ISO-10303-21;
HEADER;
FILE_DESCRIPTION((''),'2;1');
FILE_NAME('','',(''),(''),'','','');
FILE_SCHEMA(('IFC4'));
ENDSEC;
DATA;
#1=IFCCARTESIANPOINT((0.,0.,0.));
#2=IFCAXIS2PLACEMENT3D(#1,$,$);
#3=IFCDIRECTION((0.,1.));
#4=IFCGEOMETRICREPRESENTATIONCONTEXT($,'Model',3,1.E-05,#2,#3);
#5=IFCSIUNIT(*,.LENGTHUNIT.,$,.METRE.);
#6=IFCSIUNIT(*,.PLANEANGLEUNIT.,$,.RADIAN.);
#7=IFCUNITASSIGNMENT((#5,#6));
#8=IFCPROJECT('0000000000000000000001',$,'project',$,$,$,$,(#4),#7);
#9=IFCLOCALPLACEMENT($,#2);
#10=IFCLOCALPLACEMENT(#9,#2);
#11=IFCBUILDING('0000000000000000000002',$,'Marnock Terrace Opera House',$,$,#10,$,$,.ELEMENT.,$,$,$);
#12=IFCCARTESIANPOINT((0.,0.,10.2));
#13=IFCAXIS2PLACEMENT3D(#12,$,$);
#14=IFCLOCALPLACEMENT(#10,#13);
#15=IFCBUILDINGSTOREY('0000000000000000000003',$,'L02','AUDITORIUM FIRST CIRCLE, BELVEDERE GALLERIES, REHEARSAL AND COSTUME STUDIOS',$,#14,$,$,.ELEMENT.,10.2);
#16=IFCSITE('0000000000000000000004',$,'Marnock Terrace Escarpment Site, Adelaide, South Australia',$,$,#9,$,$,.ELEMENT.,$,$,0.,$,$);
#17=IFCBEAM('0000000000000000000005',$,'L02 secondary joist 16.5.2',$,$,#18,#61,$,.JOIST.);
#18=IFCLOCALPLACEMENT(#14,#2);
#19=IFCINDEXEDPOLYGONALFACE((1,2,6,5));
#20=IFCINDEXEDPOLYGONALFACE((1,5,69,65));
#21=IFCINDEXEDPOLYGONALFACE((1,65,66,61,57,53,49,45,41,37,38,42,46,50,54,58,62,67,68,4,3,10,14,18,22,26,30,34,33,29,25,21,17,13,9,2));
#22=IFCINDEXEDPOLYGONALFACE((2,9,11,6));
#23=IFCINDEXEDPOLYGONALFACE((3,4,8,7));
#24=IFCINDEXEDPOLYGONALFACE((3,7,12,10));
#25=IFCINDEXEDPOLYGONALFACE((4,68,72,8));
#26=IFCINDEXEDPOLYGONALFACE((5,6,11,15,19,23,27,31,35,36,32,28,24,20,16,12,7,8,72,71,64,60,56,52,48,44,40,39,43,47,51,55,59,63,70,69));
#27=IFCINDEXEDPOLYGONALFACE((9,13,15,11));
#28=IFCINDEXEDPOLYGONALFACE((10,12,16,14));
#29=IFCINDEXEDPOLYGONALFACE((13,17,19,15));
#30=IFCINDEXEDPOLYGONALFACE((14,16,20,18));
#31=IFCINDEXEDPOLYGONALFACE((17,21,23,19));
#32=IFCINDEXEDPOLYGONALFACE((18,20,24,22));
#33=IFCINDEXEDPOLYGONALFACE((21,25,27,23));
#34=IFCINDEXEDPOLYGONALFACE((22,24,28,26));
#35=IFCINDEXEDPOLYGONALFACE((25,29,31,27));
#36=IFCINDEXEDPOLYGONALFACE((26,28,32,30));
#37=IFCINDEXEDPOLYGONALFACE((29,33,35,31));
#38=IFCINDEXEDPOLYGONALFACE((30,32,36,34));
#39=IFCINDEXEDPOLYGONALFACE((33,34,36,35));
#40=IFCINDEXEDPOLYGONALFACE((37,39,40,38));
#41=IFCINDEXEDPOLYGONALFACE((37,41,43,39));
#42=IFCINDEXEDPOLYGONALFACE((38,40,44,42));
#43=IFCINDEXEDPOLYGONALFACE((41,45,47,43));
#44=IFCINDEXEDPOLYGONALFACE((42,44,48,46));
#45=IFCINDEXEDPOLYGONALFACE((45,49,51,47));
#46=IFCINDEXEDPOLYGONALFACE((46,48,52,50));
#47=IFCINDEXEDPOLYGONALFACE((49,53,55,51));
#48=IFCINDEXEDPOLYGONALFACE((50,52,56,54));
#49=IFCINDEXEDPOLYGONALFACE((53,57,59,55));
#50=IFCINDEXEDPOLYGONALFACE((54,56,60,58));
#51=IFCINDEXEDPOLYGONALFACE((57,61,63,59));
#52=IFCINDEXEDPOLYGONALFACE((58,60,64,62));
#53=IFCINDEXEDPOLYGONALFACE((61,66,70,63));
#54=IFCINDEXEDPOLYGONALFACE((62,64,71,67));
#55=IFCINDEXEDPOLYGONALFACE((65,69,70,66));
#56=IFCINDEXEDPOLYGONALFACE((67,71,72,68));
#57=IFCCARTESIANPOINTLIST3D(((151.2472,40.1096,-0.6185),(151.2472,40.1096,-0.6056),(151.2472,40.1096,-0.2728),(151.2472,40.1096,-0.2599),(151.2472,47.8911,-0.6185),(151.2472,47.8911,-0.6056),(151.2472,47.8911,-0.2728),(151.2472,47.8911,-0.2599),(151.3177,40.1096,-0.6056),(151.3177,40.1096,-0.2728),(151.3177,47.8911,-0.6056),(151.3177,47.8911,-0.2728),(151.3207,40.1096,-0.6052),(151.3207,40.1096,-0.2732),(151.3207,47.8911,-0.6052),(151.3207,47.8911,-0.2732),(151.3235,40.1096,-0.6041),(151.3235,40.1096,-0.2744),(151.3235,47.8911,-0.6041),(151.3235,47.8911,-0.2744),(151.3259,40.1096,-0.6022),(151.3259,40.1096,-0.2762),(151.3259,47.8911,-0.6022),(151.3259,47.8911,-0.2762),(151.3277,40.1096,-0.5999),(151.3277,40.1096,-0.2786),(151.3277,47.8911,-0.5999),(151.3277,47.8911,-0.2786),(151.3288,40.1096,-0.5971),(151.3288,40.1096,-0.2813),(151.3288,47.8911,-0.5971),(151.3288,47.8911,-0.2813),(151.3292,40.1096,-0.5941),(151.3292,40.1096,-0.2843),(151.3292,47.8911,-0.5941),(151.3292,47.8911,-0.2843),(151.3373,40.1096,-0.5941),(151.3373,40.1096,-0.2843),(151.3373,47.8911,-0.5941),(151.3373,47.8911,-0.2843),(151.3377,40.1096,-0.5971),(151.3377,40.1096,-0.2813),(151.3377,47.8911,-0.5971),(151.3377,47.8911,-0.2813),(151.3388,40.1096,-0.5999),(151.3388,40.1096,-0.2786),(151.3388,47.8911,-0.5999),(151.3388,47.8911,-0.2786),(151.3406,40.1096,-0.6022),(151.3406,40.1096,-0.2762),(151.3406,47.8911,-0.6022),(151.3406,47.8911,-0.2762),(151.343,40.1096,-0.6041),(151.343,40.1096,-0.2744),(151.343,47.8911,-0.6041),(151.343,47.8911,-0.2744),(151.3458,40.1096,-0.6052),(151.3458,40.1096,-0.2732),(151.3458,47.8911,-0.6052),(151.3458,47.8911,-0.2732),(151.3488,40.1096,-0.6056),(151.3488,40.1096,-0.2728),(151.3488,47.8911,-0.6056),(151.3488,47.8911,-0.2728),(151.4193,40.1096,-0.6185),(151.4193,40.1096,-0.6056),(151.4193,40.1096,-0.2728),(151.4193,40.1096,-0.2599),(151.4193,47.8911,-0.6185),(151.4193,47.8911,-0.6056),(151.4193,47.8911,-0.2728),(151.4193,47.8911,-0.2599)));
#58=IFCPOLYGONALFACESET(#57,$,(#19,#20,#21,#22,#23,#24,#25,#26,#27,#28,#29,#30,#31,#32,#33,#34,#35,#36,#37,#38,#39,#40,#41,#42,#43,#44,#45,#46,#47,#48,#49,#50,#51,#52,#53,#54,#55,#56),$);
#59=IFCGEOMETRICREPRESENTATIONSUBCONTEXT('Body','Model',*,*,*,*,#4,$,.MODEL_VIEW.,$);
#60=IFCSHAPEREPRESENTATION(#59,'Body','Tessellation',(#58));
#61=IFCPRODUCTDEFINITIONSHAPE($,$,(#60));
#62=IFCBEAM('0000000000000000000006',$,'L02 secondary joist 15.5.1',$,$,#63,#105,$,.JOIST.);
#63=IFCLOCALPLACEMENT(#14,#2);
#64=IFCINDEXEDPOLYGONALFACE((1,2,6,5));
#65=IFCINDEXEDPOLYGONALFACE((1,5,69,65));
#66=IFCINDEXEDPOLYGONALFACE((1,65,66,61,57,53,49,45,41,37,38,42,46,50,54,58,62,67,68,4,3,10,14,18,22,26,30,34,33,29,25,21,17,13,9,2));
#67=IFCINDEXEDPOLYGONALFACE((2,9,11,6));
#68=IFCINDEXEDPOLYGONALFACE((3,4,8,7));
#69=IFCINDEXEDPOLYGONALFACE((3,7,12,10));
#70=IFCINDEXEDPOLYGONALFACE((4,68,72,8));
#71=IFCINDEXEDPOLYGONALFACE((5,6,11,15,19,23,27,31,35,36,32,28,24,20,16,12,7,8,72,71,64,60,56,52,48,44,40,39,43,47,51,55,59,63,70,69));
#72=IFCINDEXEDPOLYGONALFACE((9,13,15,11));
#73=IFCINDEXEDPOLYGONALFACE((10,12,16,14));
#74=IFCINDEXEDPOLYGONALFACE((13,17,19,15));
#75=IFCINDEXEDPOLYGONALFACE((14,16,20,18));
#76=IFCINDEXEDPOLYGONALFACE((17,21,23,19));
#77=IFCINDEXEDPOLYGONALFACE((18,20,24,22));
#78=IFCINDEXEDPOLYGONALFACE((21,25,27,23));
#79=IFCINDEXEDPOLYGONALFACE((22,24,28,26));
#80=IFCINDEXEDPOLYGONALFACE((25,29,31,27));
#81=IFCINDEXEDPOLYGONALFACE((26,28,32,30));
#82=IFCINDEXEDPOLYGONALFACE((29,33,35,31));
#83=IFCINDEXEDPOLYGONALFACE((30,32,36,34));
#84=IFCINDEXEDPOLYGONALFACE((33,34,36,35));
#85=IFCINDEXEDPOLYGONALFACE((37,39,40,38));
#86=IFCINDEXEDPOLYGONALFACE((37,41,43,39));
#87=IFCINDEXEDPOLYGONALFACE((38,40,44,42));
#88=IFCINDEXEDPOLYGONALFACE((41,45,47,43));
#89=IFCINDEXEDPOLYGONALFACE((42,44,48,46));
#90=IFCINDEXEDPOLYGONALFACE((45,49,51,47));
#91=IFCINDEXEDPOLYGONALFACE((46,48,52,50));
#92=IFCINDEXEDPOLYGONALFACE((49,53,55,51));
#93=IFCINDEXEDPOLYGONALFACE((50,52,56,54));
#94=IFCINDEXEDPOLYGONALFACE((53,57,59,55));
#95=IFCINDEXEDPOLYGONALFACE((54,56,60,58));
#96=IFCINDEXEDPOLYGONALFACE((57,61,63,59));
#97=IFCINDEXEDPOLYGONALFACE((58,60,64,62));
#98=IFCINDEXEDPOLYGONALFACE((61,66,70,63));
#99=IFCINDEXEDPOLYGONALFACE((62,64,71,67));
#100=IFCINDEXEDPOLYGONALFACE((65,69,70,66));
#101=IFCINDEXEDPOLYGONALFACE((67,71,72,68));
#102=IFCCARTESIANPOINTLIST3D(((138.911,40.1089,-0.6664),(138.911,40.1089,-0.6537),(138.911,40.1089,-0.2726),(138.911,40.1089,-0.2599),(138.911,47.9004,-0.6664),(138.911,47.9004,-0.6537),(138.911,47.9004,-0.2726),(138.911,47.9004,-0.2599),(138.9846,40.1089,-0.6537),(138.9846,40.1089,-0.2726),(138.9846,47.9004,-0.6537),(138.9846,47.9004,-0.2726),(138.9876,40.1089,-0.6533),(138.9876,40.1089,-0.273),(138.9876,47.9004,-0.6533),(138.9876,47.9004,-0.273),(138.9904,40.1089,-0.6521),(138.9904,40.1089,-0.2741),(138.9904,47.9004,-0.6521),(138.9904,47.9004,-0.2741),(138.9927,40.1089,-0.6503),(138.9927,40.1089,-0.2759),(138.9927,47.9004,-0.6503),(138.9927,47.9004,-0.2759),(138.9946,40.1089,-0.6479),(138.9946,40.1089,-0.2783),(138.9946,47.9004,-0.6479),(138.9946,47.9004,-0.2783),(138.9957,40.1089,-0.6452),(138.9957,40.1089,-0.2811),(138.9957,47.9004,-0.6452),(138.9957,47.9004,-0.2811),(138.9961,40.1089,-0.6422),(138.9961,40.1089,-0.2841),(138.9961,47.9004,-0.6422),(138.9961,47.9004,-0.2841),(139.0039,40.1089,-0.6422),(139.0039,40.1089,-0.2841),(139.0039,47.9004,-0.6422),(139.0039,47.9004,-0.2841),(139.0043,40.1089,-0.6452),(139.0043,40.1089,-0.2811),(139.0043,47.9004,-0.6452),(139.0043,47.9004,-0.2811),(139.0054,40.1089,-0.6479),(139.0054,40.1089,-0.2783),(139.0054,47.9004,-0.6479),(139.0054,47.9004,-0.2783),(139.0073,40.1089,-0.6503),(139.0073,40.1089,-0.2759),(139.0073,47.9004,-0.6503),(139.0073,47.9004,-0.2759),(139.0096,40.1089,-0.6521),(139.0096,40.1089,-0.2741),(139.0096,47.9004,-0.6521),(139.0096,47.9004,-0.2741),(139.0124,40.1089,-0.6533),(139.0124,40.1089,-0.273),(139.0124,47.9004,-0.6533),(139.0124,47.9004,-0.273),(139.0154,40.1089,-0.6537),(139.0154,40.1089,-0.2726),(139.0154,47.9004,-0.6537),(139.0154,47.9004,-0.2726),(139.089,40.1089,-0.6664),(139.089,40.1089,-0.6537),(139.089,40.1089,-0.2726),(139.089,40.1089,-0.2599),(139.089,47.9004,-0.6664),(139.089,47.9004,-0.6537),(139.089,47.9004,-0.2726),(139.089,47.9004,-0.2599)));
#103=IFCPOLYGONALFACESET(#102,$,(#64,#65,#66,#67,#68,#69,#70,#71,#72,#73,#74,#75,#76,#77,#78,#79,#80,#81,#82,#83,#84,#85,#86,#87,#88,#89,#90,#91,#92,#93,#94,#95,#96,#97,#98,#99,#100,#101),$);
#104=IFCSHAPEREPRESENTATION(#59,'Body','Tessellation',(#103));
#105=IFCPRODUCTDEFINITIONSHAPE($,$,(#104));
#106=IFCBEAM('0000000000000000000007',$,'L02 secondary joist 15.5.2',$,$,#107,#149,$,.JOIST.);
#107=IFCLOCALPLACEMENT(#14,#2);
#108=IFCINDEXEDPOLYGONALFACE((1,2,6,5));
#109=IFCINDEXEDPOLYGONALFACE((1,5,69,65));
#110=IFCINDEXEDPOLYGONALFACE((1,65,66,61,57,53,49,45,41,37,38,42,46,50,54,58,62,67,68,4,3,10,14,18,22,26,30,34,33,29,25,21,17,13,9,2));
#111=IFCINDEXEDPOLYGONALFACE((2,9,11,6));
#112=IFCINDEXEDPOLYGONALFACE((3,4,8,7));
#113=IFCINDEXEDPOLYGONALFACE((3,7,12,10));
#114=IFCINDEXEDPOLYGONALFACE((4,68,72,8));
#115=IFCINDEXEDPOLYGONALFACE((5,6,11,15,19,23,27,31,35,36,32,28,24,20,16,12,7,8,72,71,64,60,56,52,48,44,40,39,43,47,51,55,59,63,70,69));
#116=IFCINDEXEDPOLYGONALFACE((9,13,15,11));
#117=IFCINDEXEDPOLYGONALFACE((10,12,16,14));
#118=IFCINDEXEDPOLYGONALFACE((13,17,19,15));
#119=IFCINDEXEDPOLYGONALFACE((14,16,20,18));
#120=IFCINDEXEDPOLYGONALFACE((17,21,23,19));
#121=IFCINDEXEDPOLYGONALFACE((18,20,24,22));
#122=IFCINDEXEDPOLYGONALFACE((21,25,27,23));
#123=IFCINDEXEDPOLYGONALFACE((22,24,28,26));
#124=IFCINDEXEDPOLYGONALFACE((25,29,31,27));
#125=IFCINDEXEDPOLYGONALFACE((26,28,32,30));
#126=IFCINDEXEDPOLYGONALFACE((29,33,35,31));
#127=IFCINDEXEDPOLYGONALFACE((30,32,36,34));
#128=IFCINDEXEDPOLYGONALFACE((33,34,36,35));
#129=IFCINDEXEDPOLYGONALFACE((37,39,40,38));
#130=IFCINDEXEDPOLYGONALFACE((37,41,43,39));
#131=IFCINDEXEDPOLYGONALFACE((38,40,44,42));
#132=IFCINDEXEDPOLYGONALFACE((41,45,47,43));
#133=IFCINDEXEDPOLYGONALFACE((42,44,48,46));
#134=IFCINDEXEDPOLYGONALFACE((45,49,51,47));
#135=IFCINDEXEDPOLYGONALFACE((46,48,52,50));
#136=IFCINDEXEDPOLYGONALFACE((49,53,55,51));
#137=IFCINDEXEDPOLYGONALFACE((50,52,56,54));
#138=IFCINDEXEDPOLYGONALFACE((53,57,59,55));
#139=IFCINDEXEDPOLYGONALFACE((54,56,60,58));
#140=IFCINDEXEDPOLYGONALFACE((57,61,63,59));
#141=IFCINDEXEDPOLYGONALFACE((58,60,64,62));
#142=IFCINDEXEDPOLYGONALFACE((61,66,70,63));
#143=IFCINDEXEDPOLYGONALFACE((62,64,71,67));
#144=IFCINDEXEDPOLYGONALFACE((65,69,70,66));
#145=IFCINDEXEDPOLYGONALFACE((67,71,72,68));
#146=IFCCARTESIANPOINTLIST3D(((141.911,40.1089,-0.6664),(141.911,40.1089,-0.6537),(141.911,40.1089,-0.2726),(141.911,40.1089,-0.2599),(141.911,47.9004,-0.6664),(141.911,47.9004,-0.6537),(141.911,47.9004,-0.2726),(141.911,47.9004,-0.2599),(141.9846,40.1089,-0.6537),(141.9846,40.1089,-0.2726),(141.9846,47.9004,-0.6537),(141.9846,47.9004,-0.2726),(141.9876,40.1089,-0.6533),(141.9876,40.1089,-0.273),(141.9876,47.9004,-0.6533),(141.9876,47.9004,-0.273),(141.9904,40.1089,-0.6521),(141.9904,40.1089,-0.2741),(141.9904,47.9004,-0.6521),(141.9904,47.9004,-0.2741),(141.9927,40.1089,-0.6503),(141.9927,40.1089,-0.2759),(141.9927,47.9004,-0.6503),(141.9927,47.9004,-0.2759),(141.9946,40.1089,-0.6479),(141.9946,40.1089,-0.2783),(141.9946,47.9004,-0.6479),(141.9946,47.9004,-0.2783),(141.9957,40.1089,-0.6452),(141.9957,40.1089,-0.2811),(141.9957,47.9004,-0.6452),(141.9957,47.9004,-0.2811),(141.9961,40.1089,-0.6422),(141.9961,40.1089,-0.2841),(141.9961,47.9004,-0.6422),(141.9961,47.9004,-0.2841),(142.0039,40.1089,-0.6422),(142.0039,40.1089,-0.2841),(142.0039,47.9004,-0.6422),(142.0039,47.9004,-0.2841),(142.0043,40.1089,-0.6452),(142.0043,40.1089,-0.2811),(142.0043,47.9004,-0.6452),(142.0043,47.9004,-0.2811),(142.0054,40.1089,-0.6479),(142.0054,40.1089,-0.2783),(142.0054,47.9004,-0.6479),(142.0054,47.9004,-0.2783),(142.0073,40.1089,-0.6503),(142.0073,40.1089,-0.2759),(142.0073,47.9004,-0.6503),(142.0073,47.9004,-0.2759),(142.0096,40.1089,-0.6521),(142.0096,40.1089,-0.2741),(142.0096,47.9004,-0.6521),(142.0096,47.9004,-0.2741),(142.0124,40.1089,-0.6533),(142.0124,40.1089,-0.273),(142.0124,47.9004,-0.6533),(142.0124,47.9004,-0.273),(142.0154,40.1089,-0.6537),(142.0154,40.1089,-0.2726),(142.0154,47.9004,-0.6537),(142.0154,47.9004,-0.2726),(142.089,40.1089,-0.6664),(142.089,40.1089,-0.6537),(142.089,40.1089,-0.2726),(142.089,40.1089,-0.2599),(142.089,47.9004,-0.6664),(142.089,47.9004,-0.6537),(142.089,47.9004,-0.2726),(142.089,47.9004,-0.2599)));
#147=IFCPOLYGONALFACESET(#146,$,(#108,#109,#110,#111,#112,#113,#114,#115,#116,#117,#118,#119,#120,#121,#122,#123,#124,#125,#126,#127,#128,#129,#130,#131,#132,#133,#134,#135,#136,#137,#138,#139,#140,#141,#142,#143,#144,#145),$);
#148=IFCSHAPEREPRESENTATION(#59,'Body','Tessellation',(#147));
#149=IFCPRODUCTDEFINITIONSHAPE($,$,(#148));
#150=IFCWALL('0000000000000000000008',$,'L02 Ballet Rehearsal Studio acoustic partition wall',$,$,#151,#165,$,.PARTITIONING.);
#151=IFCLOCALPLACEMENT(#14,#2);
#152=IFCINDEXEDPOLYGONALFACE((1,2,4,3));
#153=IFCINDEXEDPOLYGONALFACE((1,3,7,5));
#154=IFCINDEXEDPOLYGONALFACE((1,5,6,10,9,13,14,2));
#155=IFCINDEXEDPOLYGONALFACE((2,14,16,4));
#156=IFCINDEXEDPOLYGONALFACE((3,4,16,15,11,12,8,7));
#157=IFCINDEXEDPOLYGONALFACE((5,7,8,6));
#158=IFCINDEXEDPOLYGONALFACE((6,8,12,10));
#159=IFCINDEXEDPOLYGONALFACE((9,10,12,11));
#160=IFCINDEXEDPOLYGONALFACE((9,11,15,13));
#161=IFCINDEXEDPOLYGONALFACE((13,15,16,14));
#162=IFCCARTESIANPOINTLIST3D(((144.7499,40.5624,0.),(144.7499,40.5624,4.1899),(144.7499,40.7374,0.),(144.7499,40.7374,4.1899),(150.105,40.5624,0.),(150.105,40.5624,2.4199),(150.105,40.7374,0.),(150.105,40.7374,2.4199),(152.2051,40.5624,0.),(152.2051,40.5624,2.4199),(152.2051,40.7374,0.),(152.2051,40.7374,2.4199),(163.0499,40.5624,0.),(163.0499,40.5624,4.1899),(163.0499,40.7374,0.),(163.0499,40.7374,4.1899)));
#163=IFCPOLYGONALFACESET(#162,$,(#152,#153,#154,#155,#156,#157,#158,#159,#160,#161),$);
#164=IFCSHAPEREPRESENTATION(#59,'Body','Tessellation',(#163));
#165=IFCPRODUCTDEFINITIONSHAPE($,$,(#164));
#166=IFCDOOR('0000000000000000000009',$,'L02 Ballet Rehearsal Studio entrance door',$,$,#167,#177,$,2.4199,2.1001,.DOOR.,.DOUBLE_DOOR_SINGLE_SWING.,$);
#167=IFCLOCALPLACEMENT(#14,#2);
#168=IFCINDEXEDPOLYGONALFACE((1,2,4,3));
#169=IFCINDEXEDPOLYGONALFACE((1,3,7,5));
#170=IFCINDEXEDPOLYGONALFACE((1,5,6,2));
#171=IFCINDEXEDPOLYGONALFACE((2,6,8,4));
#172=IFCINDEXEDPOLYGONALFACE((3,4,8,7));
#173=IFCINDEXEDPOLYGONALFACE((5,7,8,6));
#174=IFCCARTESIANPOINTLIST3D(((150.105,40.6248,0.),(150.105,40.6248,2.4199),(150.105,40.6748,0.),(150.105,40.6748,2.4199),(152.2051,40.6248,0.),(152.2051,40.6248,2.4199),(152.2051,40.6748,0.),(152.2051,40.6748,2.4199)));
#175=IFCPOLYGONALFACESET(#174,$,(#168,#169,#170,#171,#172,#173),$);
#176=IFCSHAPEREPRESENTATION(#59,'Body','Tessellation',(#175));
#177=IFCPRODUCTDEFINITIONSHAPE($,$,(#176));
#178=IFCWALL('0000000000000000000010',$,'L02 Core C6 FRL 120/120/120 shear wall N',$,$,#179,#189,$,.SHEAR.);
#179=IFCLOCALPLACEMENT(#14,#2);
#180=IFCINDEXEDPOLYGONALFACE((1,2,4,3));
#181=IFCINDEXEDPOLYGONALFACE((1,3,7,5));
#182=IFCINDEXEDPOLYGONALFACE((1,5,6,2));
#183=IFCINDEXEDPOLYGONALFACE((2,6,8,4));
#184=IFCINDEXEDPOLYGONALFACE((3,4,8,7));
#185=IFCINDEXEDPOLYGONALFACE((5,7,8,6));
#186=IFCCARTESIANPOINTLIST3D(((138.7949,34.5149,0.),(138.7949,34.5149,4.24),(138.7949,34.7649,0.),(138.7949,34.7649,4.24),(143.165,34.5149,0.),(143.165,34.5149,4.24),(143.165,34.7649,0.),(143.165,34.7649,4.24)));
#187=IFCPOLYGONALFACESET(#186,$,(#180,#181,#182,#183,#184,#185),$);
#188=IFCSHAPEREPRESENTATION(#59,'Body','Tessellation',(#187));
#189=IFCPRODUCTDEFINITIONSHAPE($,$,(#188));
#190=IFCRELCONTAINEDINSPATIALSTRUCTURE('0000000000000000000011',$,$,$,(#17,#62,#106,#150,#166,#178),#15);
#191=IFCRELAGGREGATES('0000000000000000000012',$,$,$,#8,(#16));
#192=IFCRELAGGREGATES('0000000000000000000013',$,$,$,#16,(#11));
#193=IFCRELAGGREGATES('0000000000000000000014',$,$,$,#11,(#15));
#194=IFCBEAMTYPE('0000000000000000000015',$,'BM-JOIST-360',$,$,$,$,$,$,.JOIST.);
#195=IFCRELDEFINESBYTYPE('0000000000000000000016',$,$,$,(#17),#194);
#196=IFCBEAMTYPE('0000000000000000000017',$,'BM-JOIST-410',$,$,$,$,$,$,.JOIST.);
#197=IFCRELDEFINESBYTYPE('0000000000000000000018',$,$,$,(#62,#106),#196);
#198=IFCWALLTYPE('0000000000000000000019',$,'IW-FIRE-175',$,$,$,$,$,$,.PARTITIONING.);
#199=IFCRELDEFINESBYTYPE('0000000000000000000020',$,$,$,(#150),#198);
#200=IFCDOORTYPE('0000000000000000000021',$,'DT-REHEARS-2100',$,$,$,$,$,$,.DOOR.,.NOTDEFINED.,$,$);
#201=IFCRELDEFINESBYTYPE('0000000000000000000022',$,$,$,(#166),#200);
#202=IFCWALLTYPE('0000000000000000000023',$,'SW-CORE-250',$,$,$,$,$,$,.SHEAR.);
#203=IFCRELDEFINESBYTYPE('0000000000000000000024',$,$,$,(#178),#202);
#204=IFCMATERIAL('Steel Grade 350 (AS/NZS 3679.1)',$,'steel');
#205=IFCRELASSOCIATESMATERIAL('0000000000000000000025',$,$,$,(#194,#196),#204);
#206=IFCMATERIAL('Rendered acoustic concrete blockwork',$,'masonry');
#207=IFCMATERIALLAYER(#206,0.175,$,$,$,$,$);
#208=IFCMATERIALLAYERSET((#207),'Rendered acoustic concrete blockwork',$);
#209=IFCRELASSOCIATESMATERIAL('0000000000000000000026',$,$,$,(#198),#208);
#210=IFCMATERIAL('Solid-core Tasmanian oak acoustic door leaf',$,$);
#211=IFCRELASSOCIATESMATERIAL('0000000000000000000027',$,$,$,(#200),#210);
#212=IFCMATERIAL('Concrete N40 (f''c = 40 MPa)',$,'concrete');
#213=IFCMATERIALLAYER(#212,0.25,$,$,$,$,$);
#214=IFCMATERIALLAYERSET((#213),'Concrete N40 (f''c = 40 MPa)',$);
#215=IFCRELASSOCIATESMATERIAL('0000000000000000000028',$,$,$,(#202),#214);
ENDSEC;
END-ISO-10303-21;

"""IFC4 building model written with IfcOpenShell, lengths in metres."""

from ifc_helpers import new_model, si_unit, direction, frame, frame_2d, origin, origin_2d, place, context, subcontext, project, spatial, rectangle, i_section, extrude, material, layer, layer_set, material_profile, profile_set, type_object, element, fill, save


model = new_model("IFC4")

# Units and contexts
model_context = context("Model", 3, precision=1e-05, world=origin(), true_north=direction((0.0, 1.0)))
body_context = subcontext(model_context, "Body", "Model", "MODEL_VIEW")
ifc_project = project(units=[si_unit("LENGTHUNIT", "METRE"), si_unit("PLANEANGLEUNIT", "RADIAN")], contexts=[model_context])

# Site, building, storey
site_placement = place(None, origin())
site = spatial("IfcSite", under=ifc_project, at=site_placement, Name="Marnock Terrace Escarpment Site, Adelaide, South Australia", CompositionType="ELEMENT", RefElevation=0.0)
building_placement = place(site_placement, origin())
building = spatial("IfcBuilding", under=site, at=building_placement, Name="Marnock Terrace Opera House", CompositionType="ELEMENT")
storey_placement = place(building_placement, frame((0.0, 0.0, 10.2)))
storey = spatial("IfcBuildingStorey", under=building, at=storey_placement, Name="L02", Description="AUDITORIUM FIRST CIRCLE, BELVEDERE GALLERIES, REHEARSAL AND COSTUME STUDIOS", CompositionType="ELEMENT", Elevation=10.2)

# Shared definitions
ifc_material_1 = material(Name="Concrete N40 (f'c = 40 MPa)", Category="concrete")

# Beams
ifc_material_2 = material(Name="Steel Grade 350 (AS/NZS 3679.1)", Category="steel")
ifc_material_profile_1 = material_profile(ifc_material_2, i_section(OverallWidth=0.1721, OverallDepth=0.3586, WebThickness=0.0081, FlangeThickness=0.0129, FilletRadius=0.0115, at=origin_2d()))
ifc_profile_set_1 = profile_set([ifc_material_profile_1], Name="Steel Grade 350 (AS/NZS 3679.1)")
beam_type_1 = type_object("IfcBeamType", Name="BM-JOIST-360", PredefinedType="JOIST", material=ifc_profile_set_1)
for number, where, z_axis, x_axis, name in (
    (1, (151.3333, 40.1096, -0.4392), (0.0, 1.0, 0.0), (-1.0, 0.0, 0.0), "L02 secondary joist 16.5.2"),
):
    element("IfcBeam", number, at=place(storey_placement, frame(where, z_axis=z_axis, x_axis=x_axis)), inside=storey, type_object=beam_type_1, Name=name, PredefinedType="JOIST", context=body_context, shape_type="SweptSolid", body=[
        extrude(i_section(OverallWidth=0.1721, OverallDepth=0.3586, WebThickness=0.0081, FlangeThickness=0.0129, FilletRadius=0.0115, at=origin_2d()), origin(), (0.0, 0.0, 1.0), 7.7815),
    ])
ifc_material_profile_2 = material_profile(ifc_material_2, i_section(OverallWidth=0.178, OverallDepth=0.4065, WebThickness=0.0078, FlangeThickness=0.0127, FilletRadius=0.0115, at=origin_2d()))
ifc_profile_set_2 = profile_set([ifc_material_profile_2], Name="Steel Grade 350 (AS/NZS 3679.1)")
beam_type_2 = type_object("IfcBeamType", Name="BM-JOIST-410", PredefinedType="JOIST", material=ifc_profile_set_2)
for number, where, z_axis, x_axis, name in (
    (2, (139.0, 40.1089, -0.4631), (0.0, 1.0, 0.0), (-1.0, 0.0, 0.0), "L02 secondary joist 15.5.1"),
    (3, (142.0, 40.1089, -0.4631), (0.0, 1.0, 0.0), (-1.0, 0.0, 0.0), "L02 secondary joist 15.5.2"),
):
    element("IfcBeam", number, at=place(storey_placement, frame(where, z_axis=z_axis, x_axis=x_axis)), inside=storey, type_object=beam_type_2, Name=name, PredefinedType="JOIST", context=body_context, shape_type="SweptSolid", body=[
        extrude(i_section(OverallWidth=0.178, OverallDepth=0.4065, WebThickness=0.0078, FlangeThickness=0.0127, FilletRadius=0.0115, at=origin_2d()), origin(), (0.0, 0.0, 1.0), 7.7915),
    ])

# Wall, opening, door
ifc_material_3 = material(Name="Rendered acoustic concrete blockwork", Category="masonry")
ifc_layer_1 = layer(ifc_material_3, 0.175)
ifc_layer_set_1 = layer_set([ifc_layer_1], Name="Rendered acoustic concrete blockwork")
wall_type_1 = type_object("IfcWallType", Name="IW-FIRE-175", PredefinedType="PARTITIONING", material=ifc_layer_set_1)
wall_1_placement = place(storey_placement, frame((144.75, 40.6499, 0.0), z_axis=(0.0, 0.0, 1.0), x_axis=(1.0, 0.0, 0.0)))
wall_1 = element("IfcWall", 4, at=wall_1_placement, inside=storey, type_object=wall_type_1, Name="L02 Ballet Rehearsal Studio acoustic partition wall", PredefinedType="PARTITIONING", context=body_context, shape_type="SweptSolid", body=[
    extrude(rectangle(XDim=18.3, YDim=0.175, at=frame_2d((9.1499, 0.0))), origin(), (0.0, 0.0, 1.0), 4.1899),
])
opening_placement = place(wall_1_placement, frame((5.355, 0.0, 0.0)))
opening = element("IfcOpeningElement", 5, at=opening_placement, cuts=wall_1, PredefinedType="OPENING", context=body_context, shape_type="SweptSolid", body=[
    extrude(rectangle(XDim=2.1001, YDim=2.4199, at=frame_2d((1.05, 1.21))), frame((0.0, 0.0974, 0.0), z_axis=(0.0, -1.0, 0.0), x_axis=(1.0, 0.0, 0.0)), (0.0, 0.0, 1.0), 0.1951),
])
ifc_material_4 = material(Name="Solid-core Tasmanian oak acoustic door leaf")
door_type = type_object("IfcDoorType", Name="DT-REHEARS-2100", OperationType="NOTDEFINED", PredefinedType="DOOR", material=ifc_material_4)
door_placement = place(opening_placement, origin())
door = element("IfcDoor", 6, at=door_placement, inside=storey, type_object=door_type, Name="L02 Ballet Rehearsal Studio entrance door", OperationType="DOUBLE_DOOR_SINGLE_SWING", OverallHeight=2.4199, OverallWidth=2.1001, PredefinedType="DOOR", context=body_context, shape_type="SweptSolid", body=[
    extrude(rectangle(XDim=2.1001, YDim=2.4199, at=frame_2d((1.05, 1.21))), frame((0.0, 0.0249, 0.0), z_axis=(0.0, -1.0, 0.0), x_axis=(1.0, 0.0, 0.0)), (0.0, 0.0, 1.0), 0.05),
])
fill(opening, door)

# Wall
ifc_layer_2 = layer(ifc_material_1, 0.25)
ifc_layer_set_2 = layer_set([ifc_layer_2], Name="Concrete N40 (f'c = 40 MPa)")
wall_type_2 = type_object("IfcWallType", Name="SW-CORE-250", PredefinedType="SHEAR", material=ifc_layer_set_2)
wall_2_placement = place(storey_placement, frame((138.7949, 34.6399, 0.0), z_axis=(0.0, 0.0, 1.0), x_axis=(1.0, 0.0, 0.0)))
element("IfcWall", 7, at=wall_2_placement, inside=storey, type_object=wall_type_2, Name="L02 Core C6 FRL 120/120/120 shear wall N", PredefinedType="SHEAR", context=body_context, shape_type="SweptSolid", body=[
    extrude(rectangle(XDim=4.3701, YDim=0.25, at=frame_2d((2.1851, 0.0))), origin(), (0.0, 0.0, 1.0), 4.24),
])

save(model, "model.ifc")
